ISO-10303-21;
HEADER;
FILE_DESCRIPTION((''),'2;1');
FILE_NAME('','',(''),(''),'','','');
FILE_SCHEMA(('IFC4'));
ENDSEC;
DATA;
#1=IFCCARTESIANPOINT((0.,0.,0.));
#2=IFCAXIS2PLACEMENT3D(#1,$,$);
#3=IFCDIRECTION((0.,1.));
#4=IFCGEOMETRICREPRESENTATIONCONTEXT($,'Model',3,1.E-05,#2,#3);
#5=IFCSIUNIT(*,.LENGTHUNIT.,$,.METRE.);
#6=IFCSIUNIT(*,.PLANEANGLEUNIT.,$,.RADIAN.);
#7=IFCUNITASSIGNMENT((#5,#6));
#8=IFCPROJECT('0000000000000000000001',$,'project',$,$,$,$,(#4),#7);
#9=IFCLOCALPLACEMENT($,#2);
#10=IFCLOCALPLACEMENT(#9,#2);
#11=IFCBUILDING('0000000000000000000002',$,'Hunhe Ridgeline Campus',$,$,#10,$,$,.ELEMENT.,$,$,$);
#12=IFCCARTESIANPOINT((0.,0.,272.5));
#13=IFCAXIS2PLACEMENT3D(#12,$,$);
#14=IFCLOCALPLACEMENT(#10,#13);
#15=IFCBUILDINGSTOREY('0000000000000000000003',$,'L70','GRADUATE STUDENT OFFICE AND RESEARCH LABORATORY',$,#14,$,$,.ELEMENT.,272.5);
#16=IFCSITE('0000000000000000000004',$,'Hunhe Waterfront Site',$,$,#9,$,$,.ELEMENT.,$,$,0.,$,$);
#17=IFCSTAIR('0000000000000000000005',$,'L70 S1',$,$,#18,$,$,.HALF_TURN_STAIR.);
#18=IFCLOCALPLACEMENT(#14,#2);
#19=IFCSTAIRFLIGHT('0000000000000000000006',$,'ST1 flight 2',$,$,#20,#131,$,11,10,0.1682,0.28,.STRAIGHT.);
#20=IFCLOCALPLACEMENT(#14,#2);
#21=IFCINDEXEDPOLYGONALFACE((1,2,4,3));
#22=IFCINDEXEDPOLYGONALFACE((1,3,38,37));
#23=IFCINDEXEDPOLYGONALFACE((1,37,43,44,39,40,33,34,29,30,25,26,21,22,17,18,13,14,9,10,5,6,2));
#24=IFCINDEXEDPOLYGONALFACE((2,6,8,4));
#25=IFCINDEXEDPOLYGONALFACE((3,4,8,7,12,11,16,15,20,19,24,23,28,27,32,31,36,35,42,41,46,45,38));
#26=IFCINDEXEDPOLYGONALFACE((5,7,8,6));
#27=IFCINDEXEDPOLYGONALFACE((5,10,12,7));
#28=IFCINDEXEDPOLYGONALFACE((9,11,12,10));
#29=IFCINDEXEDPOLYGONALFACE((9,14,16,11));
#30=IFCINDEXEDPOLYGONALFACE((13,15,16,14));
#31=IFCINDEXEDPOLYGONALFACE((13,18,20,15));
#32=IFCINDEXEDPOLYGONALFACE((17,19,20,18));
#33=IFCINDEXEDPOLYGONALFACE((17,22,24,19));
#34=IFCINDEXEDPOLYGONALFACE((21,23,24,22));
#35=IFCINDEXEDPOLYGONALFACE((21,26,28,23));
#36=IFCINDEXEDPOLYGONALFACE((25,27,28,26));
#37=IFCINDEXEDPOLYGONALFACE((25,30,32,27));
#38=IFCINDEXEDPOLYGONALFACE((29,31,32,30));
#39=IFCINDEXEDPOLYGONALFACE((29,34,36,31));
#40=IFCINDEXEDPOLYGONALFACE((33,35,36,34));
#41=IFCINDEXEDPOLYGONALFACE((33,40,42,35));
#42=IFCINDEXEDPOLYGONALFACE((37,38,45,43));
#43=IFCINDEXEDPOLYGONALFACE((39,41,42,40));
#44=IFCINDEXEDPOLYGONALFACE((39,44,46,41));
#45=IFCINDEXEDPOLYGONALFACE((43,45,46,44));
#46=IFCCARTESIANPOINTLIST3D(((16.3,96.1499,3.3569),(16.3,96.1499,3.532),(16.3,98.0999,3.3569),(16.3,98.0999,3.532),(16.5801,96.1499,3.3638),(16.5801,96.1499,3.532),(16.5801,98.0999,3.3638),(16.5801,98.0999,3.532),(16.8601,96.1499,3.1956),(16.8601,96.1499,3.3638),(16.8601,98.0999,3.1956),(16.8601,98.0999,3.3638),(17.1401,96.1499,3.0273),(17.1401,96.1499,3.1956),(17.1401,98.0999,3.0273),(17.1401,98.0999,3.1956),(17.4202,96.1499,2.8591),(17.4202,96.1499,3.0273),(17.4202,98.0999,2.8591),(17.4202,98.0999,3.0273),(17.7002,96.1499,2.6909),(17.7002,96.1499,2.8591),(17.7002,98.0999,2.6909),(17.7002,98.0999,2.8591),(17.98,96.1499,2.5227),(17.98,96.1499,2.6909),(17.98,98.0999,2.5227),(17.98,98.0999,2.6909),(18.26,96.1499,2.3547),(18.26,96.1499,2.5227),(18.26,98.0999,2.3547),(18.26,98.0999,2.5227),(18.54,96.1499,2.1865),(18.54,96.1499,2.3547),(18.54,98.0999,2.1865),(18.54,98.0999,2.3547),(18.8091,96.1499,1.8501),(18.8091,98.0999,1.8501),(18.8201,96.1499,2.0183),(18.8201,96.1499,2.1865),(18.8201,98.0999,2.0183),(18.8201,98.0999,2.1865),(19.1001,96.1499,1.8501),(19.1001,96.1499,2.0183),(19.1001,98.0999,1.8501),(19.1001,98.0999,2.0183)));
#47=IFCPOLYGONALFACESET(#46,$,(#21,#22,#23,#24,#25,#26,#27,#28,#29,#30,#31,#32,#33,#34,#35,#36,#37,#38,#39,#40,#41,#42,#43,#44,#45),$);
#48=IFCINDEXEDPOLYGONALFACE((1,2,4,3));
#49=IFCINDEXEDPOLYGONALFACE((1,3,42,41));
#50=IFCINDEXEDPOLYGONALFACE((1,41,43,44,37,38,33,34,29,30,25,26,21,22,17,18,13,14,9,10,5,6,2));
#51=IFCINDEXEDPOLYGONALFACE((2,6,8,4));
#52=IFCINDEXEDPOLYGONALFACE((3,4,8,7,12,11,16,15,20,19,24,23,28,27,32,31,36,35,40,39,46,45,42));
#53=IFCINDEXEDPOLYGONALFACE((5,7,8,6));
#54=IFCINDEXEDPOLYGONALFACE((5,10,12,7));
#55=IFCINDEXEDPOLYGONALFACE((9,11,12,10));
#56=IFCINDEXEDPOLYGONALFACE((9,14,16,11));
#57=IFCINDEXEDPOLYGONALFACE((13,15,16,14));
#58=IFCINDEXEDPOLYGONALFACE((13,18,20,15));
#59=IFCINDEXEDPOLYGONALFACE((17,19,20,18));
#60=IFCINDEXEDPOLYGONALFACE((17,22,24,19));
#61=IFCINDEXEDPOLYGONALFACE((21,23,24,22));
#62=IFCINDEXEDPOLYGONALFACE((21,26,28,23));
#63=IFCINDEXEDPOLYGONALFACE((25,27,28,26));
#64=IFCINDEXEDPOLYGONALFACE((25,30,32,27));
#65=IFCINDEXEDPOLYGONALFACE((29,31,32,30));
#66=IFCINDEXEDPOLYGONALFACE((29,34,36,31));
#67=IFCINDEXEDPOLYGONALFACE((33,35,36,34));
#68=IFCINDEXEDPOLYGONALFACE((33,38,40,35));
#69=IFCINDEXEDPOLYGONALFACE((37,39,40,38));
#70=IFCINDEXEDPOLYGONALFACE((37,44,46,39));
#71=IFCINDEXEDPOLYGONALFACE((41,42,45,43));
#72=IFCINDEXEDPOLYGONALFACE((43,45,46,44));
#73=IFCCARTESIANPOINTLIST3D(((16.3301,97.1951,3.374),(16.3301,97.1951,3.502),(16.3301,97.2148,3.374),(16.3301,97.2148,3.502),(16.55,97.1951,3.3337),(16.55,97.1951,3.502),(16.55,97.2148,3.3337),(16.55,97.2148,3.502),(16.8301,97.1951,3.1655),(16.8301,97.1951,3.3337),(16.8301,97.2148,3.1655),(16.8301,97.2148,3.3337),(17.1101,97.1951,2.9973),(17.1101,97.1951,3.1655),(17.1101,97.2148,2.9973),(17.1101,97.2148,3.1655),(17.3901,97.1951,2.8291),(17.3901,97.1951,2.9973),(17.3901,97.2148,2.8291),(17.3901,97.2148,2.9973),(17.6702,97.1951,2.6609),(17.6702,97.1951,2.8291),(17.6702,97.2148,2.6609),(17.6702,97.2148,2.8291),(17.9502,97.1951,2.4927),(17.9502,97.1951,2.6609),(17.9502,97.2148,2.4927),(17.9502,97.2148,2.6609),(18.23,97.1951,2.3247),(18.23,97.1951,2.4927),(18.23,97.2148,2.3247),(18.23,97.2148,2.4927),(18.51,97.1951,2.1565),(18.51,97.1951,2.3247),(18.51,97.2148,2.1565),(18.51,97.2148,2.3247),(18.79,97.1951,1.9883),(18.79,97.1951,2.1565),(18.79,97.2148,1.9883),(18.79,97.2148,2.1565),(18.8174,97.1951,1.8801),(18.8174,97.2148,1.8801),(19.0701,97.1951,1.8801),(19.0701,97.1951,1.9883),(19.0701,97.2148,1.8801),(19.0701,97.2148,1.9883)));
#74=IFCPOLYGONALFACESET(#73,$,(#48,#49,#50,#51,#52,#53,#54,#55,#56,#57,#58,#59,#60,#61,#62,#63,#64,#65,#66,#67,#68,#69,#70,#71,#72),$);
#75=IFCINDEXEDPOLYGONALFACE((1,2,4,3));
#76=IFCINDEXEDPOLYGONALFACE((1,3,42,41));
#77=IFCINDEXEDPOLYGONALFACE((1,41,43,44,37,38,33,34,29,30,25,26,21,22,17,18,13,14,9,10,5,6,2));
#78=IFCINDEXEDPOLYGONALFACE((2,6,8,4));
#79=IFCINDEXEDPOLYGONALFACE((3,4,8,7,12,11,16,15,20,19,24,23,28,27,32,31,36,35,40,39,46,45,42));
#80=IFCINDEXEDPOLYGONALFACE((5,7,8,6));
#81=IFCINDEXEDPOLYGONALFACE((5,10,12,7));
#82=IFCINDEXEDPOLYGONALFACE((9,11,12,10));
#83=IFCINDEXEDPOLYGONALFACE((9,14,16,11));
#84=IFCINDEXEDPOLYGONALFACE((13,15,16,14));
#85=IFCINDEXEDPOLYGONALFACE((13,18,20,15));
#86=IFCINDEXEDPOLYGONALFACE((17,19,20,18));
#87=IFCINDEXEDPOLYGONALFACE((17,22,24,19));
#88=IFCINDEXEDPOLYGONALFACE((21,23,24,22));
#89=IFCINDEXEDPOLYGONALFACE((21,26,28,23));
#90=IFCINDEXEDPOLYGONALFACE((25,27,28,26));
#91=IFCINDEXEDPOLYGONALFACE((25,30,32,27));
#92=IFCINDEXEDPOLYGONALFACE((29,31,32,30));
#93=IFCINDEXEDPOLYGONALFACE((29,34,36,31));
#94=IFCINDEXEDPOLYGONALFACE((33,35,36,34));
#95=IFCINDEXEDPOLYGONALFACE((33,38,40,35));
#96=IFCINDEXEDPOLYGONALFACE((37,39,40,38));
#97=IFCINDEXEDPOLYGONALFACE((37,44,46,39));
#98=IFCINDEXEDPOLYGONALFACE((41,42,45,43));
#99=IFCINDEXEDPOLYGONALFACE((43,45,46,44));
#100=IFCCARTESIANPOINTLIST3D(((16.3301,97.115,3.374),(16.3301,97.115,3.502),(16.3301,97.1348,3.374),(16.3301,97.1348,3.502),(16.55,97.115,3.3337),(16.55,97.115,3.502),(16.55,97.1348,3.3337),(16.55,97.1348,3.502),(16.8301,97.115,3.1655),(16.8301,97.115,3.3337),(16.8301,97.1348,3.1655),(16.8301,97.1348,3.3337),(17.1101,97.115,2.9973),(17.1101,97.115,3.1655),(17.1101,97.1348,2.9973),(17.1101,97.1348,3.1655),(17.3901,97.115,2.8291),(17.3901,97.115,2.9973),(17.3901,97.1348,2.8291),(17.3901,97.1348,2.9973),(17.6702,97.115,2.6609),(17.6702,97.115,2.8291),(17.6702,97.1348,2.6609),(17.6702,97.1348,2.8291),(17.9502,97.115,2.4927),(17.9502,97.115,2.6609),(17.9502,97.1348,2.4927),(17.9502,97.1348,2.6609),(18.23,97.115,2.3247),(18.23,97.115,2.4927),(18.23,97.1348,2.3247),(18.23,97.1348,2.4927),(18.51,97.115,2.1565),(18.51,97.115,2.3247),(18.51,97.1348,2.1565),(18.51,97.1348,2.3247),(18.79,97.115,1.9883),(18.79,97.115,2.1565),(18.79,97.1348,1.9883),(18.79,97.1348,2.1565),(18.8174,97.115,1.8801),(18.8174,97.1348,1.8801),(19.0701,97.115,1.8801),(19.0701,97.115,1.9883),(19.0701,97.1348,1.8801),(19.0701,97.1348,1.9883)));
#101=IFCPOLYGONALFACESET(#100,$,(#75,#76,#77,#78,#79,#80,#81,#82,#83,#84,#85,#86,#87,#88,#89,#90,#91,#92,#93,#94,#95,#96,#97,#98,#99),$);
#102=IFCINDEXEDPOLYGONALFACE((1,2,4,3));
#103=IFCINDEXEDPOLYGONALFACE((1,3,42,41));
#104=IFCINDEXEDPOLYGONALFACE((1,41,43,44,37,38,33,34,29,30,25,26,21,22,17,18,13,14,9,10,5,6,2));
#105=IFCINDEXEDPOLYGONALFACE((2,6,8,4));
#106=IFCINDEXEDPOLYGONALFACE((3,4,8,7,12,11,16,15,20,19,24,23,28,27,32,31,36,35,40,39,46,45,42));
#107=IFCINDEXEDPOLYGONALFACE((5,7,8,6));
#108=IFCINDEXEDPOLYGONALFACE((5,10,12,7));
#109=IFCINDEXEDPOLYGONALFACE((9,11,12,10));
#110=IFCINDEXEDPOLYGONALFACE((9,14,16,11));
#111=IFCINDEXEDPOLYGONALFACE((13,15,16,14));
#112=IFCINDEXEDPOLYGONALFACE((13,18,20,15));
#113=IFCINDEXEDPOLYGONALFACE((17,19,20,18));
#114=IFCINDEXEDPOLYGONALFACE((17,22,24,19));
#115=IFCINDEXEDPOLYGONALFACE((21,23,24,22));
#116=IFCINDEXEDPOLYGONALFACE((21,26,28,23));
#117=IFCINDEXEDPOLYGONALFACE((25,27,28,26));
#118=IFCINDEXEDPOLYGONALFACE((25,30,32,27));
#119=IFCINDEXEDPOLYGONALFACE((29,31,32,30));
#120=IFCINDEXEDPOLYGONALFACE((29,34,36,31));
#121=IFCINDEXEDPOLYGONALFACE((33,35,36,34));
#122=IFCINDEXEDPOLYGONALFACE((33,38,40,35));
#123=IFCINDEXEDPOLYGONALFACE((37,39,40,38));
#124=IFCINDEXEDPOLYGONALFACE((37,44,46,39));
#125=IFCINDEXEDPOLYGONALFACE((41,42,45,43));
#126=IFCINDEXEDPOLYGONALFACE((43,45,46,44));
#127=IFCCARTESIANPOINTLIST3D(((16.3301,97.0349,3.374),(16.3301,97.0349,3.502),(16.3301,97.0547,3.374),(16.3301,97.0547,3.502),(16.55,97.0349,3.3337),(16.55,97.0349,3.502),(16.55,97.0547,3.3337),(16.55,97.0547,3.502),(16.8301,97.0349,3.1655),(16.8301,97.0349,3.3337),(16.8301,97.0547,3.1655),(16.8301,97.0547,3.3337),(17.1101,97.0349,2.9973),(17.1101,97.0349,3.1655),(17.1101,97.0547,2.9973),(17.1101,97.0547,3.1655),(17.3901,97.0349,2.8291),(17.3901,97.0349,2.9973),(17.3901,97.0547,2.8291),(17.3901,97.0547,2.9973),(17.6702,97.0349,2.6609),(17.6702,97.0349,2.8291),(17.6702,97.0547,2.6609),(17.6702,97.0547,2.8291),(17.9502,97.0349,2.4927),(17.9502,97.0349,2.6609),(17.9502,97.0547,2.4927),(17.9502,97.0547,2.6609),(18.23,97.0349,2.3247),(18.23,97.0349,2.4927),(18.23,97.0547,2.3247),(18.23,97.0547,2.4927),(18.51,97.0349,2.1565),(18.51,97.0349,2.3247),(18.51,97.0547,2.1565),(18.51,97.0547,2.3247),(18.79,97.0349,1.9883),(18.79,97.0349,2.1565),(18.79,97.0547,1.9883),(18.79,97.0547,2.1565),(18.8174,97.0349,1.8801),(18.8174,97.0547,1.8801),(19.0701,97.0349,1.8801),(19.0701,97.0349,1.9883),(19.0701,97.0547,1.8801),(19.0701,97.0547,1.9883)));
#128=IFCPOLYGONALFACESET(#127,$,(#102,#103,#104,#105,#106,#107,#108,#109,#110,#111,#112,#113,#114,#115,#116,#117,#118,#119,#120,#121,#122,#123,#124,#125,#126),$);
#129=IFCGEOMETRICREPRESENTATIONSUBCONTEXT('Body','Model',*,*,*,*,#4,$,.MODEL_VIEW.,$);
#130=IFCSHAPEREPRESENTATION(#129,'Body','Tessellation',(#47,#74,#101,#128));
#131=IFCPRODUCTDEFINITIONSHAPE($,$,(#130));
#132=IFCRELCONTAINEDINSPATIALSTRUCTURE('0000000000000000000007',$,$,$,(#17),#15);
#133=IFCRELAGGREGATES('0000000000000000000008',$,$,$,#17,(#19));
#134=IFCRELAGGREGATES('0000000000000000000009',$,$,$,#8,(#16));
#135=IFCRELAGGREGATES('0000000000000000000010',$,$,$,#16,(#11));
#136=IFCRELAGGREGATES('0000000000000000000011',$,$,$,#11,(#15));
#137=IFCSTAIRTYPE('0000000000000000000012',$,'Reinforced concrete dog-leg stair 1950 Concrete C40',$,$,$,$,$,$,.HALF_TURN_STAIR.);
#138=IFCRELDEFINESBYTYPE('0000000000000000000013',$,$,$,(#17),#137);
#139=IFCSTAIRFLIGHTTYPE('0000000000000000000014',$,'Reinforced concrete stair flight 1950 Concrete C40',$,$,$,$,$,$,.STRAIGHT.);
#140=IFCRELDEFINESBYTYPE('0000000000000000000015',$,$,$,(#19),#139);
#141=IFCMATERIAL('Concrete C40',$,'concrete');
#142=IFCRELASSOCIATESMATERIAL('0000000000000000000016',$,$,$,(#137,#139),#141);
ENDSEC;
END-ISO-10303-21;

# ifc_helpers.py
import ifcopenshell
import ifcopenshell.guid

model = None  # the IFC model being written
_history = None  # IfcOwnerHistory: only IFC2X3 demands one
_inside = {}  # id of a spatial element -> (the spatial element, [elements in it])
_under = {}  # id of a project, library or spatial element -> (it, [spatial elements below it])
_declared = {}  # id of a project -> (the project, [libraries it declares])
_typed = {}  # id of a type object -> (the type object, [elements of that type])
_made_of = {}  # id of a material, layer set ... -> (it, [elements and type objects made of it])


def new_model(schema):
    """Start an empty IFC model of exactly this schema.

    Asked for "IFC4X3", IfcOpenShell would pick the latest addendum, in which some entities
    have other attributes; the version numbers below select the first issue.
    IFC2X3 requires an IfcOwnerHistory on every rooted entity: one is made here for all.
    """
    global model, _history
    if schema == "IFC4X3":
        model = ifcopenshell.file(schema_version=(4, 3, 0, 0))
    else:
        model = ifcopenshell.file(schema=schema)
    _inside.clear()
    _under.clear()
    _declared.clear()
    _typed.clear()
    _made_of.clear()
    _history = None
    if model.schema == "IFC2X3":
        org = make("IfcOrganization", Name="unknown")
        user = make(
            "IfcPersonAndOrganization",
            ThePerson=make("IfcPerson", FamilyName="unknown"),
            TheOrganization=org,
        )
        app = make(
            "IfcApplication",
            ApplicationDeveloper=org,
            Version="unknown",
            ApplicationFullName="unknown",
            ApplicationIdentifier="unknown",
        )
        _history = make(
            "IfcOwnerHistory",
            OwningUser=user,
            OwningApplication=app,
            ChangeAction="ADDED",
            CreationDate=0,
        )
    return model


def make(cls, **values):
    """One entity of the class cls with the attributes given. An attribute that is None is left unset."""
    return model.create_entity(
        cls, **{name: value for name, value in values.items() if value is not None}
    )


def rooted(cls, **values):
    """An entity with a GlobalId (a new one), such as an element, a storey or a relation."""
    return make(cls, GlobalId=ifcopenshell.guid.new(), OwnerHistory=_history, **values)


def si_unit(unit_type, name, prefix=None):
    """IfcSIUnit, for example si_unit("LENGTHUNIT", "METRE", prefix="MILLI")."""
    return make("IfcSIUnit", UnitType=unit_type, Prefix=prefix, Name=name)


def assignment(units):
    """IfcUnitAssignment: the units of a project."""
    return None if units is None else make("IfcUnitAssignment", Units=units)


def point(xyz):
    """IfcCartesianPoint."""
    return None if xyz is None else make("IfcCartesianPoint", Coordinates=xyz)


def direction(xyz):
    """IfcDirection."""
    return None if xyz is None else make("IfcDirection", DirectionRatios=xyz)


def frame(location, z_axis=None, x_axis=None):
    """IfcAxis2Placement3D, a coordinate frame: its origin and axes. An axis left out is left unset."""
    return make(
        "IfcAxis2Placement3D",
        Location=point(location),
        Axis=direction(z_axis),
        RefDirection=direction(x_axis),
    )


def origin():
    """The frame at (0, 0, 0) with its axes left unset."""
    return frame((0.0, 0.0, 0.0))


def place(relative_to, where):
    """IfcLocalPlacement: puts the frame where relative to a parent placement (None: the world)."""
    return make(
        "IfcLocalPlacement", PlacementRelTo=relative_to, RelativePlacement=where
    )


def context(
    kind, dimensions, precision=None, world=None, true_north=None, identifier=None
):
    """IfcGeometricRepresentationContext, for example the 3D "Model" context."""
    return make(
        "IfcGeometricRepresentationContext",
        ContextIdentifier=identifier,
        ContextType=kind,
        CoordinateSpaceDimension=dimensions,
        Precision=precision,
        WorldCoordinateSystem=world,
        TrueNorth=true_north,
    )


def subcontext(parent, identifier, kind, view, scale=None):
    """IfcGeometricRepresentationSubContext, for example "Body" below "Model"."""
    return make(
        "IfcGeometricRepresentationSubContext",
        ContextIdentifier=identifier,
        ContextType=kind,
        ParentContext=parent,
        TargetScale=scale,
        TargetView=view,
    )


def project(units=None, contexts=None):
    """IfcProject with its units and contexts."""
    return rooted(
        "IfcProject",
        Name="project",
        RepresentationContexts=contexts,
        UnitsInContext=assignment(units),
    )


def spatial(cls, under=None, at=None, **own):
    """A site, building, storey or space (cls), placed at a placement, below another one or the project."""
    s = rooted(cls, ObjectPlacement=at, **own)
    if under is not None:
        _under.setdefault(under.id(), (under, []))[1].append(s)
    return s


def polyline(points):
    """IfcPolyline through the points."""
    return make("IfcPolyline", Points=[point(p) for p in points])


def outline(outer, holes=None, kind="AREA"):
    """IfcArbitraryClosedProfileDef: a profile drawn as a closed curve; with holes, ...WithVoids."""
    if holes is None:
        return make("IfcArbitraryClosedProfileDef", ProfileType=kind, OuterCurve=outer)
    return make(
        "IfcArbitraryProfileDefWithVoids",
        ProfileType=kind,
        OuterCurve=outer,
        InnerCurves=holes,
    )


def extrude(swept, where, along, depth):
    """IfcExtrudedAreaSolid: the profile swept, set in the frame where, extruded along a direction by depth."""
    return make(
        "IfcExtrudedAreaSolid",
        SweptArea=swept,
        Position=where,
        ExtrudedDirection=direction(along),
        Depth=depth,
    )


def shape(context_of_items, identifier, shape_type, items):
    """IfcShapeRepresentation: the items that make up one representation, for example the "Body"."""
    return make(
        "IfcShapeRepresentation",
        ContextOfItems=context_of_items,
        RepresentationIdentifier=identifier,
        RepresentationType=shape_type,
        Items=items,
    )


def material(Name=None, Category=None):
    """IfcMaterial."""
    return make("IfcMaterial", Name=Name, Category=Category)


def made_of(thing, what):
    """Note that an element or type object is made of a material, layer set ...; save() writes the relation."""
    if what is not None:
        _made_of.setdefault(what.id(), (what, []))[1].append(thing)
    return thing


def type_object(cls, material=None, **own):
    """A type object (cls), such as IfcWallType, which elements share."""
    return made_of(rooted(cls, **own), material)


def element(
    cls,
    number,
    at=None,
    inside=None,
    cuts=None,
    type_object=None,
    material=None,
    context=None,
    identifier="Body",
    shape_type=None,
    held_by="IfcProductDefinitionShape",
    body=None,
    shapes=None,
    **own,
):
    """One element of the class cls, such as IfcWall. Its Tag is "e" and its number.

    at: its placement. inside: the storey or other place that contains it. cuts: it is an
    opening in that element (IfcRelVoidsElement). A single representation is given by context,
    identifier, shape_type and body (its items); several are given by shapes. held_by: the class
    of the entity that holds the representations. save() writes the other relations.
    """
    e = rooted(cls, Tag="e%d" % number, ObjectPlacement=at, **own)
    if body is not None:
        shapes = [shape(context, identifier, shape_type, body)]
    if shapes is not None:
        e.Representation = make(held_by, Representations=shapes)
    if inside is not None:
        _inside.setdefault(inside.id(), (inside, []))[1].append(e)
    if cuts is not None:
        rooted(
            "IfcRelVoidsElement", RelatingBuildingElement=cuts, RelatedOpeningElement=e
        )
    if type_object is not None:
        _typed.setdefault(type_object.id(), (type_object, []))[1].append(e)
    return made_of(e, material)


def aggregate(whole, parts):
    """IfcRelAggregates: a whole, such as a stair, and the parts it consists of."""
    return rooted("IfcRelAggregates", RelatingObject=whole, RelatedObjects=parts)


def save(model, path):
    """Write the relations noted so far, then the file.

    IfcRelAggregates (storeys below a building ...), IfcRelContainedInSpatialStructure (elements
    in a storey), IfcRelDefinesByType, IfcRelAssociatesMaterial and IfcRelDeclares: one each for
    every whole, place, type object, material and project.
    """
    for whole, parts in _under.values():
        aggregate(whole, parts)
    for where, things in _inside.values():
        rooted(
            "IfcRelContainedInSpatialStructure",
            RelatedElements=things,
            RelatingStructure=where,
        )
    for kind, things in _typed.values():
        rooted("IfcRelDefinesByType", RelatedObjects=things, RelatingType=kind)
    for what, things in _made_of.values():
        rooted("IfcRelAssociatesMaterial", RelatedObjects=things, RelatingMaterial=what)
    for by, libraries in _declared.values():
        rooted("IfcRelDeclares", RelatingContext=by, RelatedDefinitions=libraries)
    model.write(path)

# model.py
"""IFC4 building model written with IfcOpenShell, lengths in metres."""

from ifc_helpers import new_model, si_unit, direction, frame, origin, place, context, subcontext, project, spatial, polyline, outline, extrude, material, type_object, element, aggregate, save


model = new_model("IFC4")

# Units and contexts
model_context = context("Model", 3, precision=1e-05, world=origin(), true_north=direction((0.0, 1.0)))
body_context = subcontext(model_context, "Body", "Model", "MODEL_VIEW")
ifc_project = project(units=[si_unit("LENGTHUNIT", "METRE"), si_unit("PLANEANGLEUNIT", "RADIAN")], contexts=[model_context])

# Site, building, storey
site_placement = place(None, origin())
site = spatial("IfcSite", under=ifc_project, at=site_placement, Name="Hunhe Waterfront Site", CompositionType="ELEMENT", RefElevation=0.0)
building_placement = place(site_placement, origin())
building = spatial("IfcBuilding", under=site, at=building_placement, Name="Hunhe Ridgeline Campus", CompositionType="ELEMENT")
storey_placement = place(building_placement, frame((0.0, 0.0, 272.5)))
storey = spatial("IfcBuildingStorey", under=building, at=storey_placement, Name="L70", Description="GRADUATE STUDENT OFFICE AND RESEARCH LABORATORY", CompositionType="ELEMENT", Elevation=272.5)

# Stair, stair flight
ifc_material_1 = material(Name="Concrete C40", Category="concrete")
stair_type = type_object("IfcStairType", Name="Reinforced concrete dog-leg stair 1950 Concrete C40", PredefinedType="HALF_TURN_STAIR", material=ifc_material_1)
stair_placement = place(storey_placement, origin())
stair = element("IfcStair", 1, at=stair_placement, inside=storey, type_object=stair_type, Name="L70 S1", PredefinedType="HALF_TURN_STAIR")
stair_flight_type = type_object("IfcStairFlightType", Name="Reinforced concrete stair flight 1950 Concrete C40", PredefinedType="STRAIGHT", material=ifc_material_1)
stair_flight_1_placement = place(storey_placement, frame((19.1001, 97.125, 1.8501), z_axis=(0.0, 0.0, 1.0), x_axis=(-1.0, 0.0, 0.0)))
stair_flight_1 = element("IfcStairFlight", 2, at=stair_flight_1_placement, type_object=stair_flight_type, Name="ST1 flight 2", NumberOfRisers=11, NumberOfTreads=10, PredefinedType="STRAIGHT", RiserHeight=0.1682, TreadLength=0.28, context=body_context, shape_type="SweptSolid", body=[
    extrude(outline(polyline([(0.0, 0.0), (0.0, 0.1682), (0.28, 0.1682), (0.28, 0.3364), (0.5601, 0.3364), (0.5601, 0.5046), (0.8401, 0.5046), (0.8401, 0.6726), (1.1201, 0.6726), (1.1201, 0.8408), (1.3999, 0.8408), (1.3999, 1.009), (1.6799, 1.009), (1.6799, 1.1772), (1.96, 1.1772), (1.96, 1.3455), (2.24, 1.3455), (2.24, 1.5137), (2.52, 1.5137), (2.52, 1.6819), (2.8, 1.6819), (2.8, 1.8501), (2.8, 1.5068), (0.291, 0.0), (0.0, 0.0)])), frame((0.0, 0.9751, 0.0), z_axis=(0.0, -1.0, 0.0), x_axis=(1.0, 0.0, 0.0)), (0.0, 0.0, 1.0), 1.95),
    extrude(outline(polyline([(0.03, 0.03), (0.03, 0.1382), (0.3101, 0.1382), (0.3101, 0.3064), (0.5901, 0.3064), (0.5901, 0.4746), (0.8701, 0.4746), (0.8701, 0.6426), (1.1499, 0.6426), (1.1499, 0.8108), (1.4299, 0.8108), (1.4299, 0.979), (1.71, 0.979), (1.71, 1.1472), (1.99, 1.1472), (1.99, 1.3154), (2.27, 1.3154), (2.27, 1.4836), (2.55, 1.4836), (2.55, 1.6519), (2.77, 1.6519), (2.77, 1.5239), (0.2827, 0.03), (0.03, 0.03)])), frame((0.0, -0.0701, 0.0), z_axis=(0.0, -1.0, 0.0), x_axis=(1.0, 0.0, 0.0)), (0.0, 0.0, 1.0), 0.0198),
    extrude(outline(polyline([(0.03, 0.03), (0.03, 0.1382), (0.3101, 0.1382), (0.3101, 0.3064), (0.5901, 0.3064), (0.5901, 0.4746), (0.8701, 0.4746), (0.8701, 0.6426), (1.1499, 0.6426), (1.1499, 0.8108), (1.4299, 0.8108), (1.4299, 0.979), (1.71, 0.979), (1.71, 1.1472), (1.99, 1.1472), (1.99, 1.3154), (2.27, 1.3154), (2.27, 1.4836), (2.55, 1.4836), (2.55, 1.6519), (2.77, 1.6519), (2.77, 1.5239), (0.2827, 0.03), (0.03, 0.03)])), frame((0.0, 0.01, 0.0), z_axis=(0.0, -1.0, 0.0), x_axis=(1.0, 0.0, 0.0)), (0.0, 0.0, 1.0), 0.0198),
    extrude(outline(polyline([(0.03, 0.03), (0.03, 0.1382), (0.3101, 0.1382), (0.3101, 0.3064), (0.5901, 0.3064), (0.5901, 0.4746), (0.8701, 0.4746), (0.8701, 0.6426), (1.1499, 0.6426), (1.1499, 0.8108), (1.4299, 0.8108), (1.4299, 0.979), (1.71, 0.979), (1.71, 1.1472), (1.99, 1.1472), (1.99, 1.3154), (2.27, 1.3154), (2.27, 1.4836), (2.55, 1.4836), (2.55, 1.6519), (2.77, 1.6519), (2.77, 1.5239), (0.2827, 0.03), (0.03, 0.03)])), frame((0.0, 0.0901, 0.0), z_axis=(0.0, -1.0, 0.0), x_axis=(1.0, 0.0, 0.0)), (0.0, 0.0, 1.0), 0.0198),
])
aggregate(stair, [stair_flight_1])

save(model, "model.ifc")
